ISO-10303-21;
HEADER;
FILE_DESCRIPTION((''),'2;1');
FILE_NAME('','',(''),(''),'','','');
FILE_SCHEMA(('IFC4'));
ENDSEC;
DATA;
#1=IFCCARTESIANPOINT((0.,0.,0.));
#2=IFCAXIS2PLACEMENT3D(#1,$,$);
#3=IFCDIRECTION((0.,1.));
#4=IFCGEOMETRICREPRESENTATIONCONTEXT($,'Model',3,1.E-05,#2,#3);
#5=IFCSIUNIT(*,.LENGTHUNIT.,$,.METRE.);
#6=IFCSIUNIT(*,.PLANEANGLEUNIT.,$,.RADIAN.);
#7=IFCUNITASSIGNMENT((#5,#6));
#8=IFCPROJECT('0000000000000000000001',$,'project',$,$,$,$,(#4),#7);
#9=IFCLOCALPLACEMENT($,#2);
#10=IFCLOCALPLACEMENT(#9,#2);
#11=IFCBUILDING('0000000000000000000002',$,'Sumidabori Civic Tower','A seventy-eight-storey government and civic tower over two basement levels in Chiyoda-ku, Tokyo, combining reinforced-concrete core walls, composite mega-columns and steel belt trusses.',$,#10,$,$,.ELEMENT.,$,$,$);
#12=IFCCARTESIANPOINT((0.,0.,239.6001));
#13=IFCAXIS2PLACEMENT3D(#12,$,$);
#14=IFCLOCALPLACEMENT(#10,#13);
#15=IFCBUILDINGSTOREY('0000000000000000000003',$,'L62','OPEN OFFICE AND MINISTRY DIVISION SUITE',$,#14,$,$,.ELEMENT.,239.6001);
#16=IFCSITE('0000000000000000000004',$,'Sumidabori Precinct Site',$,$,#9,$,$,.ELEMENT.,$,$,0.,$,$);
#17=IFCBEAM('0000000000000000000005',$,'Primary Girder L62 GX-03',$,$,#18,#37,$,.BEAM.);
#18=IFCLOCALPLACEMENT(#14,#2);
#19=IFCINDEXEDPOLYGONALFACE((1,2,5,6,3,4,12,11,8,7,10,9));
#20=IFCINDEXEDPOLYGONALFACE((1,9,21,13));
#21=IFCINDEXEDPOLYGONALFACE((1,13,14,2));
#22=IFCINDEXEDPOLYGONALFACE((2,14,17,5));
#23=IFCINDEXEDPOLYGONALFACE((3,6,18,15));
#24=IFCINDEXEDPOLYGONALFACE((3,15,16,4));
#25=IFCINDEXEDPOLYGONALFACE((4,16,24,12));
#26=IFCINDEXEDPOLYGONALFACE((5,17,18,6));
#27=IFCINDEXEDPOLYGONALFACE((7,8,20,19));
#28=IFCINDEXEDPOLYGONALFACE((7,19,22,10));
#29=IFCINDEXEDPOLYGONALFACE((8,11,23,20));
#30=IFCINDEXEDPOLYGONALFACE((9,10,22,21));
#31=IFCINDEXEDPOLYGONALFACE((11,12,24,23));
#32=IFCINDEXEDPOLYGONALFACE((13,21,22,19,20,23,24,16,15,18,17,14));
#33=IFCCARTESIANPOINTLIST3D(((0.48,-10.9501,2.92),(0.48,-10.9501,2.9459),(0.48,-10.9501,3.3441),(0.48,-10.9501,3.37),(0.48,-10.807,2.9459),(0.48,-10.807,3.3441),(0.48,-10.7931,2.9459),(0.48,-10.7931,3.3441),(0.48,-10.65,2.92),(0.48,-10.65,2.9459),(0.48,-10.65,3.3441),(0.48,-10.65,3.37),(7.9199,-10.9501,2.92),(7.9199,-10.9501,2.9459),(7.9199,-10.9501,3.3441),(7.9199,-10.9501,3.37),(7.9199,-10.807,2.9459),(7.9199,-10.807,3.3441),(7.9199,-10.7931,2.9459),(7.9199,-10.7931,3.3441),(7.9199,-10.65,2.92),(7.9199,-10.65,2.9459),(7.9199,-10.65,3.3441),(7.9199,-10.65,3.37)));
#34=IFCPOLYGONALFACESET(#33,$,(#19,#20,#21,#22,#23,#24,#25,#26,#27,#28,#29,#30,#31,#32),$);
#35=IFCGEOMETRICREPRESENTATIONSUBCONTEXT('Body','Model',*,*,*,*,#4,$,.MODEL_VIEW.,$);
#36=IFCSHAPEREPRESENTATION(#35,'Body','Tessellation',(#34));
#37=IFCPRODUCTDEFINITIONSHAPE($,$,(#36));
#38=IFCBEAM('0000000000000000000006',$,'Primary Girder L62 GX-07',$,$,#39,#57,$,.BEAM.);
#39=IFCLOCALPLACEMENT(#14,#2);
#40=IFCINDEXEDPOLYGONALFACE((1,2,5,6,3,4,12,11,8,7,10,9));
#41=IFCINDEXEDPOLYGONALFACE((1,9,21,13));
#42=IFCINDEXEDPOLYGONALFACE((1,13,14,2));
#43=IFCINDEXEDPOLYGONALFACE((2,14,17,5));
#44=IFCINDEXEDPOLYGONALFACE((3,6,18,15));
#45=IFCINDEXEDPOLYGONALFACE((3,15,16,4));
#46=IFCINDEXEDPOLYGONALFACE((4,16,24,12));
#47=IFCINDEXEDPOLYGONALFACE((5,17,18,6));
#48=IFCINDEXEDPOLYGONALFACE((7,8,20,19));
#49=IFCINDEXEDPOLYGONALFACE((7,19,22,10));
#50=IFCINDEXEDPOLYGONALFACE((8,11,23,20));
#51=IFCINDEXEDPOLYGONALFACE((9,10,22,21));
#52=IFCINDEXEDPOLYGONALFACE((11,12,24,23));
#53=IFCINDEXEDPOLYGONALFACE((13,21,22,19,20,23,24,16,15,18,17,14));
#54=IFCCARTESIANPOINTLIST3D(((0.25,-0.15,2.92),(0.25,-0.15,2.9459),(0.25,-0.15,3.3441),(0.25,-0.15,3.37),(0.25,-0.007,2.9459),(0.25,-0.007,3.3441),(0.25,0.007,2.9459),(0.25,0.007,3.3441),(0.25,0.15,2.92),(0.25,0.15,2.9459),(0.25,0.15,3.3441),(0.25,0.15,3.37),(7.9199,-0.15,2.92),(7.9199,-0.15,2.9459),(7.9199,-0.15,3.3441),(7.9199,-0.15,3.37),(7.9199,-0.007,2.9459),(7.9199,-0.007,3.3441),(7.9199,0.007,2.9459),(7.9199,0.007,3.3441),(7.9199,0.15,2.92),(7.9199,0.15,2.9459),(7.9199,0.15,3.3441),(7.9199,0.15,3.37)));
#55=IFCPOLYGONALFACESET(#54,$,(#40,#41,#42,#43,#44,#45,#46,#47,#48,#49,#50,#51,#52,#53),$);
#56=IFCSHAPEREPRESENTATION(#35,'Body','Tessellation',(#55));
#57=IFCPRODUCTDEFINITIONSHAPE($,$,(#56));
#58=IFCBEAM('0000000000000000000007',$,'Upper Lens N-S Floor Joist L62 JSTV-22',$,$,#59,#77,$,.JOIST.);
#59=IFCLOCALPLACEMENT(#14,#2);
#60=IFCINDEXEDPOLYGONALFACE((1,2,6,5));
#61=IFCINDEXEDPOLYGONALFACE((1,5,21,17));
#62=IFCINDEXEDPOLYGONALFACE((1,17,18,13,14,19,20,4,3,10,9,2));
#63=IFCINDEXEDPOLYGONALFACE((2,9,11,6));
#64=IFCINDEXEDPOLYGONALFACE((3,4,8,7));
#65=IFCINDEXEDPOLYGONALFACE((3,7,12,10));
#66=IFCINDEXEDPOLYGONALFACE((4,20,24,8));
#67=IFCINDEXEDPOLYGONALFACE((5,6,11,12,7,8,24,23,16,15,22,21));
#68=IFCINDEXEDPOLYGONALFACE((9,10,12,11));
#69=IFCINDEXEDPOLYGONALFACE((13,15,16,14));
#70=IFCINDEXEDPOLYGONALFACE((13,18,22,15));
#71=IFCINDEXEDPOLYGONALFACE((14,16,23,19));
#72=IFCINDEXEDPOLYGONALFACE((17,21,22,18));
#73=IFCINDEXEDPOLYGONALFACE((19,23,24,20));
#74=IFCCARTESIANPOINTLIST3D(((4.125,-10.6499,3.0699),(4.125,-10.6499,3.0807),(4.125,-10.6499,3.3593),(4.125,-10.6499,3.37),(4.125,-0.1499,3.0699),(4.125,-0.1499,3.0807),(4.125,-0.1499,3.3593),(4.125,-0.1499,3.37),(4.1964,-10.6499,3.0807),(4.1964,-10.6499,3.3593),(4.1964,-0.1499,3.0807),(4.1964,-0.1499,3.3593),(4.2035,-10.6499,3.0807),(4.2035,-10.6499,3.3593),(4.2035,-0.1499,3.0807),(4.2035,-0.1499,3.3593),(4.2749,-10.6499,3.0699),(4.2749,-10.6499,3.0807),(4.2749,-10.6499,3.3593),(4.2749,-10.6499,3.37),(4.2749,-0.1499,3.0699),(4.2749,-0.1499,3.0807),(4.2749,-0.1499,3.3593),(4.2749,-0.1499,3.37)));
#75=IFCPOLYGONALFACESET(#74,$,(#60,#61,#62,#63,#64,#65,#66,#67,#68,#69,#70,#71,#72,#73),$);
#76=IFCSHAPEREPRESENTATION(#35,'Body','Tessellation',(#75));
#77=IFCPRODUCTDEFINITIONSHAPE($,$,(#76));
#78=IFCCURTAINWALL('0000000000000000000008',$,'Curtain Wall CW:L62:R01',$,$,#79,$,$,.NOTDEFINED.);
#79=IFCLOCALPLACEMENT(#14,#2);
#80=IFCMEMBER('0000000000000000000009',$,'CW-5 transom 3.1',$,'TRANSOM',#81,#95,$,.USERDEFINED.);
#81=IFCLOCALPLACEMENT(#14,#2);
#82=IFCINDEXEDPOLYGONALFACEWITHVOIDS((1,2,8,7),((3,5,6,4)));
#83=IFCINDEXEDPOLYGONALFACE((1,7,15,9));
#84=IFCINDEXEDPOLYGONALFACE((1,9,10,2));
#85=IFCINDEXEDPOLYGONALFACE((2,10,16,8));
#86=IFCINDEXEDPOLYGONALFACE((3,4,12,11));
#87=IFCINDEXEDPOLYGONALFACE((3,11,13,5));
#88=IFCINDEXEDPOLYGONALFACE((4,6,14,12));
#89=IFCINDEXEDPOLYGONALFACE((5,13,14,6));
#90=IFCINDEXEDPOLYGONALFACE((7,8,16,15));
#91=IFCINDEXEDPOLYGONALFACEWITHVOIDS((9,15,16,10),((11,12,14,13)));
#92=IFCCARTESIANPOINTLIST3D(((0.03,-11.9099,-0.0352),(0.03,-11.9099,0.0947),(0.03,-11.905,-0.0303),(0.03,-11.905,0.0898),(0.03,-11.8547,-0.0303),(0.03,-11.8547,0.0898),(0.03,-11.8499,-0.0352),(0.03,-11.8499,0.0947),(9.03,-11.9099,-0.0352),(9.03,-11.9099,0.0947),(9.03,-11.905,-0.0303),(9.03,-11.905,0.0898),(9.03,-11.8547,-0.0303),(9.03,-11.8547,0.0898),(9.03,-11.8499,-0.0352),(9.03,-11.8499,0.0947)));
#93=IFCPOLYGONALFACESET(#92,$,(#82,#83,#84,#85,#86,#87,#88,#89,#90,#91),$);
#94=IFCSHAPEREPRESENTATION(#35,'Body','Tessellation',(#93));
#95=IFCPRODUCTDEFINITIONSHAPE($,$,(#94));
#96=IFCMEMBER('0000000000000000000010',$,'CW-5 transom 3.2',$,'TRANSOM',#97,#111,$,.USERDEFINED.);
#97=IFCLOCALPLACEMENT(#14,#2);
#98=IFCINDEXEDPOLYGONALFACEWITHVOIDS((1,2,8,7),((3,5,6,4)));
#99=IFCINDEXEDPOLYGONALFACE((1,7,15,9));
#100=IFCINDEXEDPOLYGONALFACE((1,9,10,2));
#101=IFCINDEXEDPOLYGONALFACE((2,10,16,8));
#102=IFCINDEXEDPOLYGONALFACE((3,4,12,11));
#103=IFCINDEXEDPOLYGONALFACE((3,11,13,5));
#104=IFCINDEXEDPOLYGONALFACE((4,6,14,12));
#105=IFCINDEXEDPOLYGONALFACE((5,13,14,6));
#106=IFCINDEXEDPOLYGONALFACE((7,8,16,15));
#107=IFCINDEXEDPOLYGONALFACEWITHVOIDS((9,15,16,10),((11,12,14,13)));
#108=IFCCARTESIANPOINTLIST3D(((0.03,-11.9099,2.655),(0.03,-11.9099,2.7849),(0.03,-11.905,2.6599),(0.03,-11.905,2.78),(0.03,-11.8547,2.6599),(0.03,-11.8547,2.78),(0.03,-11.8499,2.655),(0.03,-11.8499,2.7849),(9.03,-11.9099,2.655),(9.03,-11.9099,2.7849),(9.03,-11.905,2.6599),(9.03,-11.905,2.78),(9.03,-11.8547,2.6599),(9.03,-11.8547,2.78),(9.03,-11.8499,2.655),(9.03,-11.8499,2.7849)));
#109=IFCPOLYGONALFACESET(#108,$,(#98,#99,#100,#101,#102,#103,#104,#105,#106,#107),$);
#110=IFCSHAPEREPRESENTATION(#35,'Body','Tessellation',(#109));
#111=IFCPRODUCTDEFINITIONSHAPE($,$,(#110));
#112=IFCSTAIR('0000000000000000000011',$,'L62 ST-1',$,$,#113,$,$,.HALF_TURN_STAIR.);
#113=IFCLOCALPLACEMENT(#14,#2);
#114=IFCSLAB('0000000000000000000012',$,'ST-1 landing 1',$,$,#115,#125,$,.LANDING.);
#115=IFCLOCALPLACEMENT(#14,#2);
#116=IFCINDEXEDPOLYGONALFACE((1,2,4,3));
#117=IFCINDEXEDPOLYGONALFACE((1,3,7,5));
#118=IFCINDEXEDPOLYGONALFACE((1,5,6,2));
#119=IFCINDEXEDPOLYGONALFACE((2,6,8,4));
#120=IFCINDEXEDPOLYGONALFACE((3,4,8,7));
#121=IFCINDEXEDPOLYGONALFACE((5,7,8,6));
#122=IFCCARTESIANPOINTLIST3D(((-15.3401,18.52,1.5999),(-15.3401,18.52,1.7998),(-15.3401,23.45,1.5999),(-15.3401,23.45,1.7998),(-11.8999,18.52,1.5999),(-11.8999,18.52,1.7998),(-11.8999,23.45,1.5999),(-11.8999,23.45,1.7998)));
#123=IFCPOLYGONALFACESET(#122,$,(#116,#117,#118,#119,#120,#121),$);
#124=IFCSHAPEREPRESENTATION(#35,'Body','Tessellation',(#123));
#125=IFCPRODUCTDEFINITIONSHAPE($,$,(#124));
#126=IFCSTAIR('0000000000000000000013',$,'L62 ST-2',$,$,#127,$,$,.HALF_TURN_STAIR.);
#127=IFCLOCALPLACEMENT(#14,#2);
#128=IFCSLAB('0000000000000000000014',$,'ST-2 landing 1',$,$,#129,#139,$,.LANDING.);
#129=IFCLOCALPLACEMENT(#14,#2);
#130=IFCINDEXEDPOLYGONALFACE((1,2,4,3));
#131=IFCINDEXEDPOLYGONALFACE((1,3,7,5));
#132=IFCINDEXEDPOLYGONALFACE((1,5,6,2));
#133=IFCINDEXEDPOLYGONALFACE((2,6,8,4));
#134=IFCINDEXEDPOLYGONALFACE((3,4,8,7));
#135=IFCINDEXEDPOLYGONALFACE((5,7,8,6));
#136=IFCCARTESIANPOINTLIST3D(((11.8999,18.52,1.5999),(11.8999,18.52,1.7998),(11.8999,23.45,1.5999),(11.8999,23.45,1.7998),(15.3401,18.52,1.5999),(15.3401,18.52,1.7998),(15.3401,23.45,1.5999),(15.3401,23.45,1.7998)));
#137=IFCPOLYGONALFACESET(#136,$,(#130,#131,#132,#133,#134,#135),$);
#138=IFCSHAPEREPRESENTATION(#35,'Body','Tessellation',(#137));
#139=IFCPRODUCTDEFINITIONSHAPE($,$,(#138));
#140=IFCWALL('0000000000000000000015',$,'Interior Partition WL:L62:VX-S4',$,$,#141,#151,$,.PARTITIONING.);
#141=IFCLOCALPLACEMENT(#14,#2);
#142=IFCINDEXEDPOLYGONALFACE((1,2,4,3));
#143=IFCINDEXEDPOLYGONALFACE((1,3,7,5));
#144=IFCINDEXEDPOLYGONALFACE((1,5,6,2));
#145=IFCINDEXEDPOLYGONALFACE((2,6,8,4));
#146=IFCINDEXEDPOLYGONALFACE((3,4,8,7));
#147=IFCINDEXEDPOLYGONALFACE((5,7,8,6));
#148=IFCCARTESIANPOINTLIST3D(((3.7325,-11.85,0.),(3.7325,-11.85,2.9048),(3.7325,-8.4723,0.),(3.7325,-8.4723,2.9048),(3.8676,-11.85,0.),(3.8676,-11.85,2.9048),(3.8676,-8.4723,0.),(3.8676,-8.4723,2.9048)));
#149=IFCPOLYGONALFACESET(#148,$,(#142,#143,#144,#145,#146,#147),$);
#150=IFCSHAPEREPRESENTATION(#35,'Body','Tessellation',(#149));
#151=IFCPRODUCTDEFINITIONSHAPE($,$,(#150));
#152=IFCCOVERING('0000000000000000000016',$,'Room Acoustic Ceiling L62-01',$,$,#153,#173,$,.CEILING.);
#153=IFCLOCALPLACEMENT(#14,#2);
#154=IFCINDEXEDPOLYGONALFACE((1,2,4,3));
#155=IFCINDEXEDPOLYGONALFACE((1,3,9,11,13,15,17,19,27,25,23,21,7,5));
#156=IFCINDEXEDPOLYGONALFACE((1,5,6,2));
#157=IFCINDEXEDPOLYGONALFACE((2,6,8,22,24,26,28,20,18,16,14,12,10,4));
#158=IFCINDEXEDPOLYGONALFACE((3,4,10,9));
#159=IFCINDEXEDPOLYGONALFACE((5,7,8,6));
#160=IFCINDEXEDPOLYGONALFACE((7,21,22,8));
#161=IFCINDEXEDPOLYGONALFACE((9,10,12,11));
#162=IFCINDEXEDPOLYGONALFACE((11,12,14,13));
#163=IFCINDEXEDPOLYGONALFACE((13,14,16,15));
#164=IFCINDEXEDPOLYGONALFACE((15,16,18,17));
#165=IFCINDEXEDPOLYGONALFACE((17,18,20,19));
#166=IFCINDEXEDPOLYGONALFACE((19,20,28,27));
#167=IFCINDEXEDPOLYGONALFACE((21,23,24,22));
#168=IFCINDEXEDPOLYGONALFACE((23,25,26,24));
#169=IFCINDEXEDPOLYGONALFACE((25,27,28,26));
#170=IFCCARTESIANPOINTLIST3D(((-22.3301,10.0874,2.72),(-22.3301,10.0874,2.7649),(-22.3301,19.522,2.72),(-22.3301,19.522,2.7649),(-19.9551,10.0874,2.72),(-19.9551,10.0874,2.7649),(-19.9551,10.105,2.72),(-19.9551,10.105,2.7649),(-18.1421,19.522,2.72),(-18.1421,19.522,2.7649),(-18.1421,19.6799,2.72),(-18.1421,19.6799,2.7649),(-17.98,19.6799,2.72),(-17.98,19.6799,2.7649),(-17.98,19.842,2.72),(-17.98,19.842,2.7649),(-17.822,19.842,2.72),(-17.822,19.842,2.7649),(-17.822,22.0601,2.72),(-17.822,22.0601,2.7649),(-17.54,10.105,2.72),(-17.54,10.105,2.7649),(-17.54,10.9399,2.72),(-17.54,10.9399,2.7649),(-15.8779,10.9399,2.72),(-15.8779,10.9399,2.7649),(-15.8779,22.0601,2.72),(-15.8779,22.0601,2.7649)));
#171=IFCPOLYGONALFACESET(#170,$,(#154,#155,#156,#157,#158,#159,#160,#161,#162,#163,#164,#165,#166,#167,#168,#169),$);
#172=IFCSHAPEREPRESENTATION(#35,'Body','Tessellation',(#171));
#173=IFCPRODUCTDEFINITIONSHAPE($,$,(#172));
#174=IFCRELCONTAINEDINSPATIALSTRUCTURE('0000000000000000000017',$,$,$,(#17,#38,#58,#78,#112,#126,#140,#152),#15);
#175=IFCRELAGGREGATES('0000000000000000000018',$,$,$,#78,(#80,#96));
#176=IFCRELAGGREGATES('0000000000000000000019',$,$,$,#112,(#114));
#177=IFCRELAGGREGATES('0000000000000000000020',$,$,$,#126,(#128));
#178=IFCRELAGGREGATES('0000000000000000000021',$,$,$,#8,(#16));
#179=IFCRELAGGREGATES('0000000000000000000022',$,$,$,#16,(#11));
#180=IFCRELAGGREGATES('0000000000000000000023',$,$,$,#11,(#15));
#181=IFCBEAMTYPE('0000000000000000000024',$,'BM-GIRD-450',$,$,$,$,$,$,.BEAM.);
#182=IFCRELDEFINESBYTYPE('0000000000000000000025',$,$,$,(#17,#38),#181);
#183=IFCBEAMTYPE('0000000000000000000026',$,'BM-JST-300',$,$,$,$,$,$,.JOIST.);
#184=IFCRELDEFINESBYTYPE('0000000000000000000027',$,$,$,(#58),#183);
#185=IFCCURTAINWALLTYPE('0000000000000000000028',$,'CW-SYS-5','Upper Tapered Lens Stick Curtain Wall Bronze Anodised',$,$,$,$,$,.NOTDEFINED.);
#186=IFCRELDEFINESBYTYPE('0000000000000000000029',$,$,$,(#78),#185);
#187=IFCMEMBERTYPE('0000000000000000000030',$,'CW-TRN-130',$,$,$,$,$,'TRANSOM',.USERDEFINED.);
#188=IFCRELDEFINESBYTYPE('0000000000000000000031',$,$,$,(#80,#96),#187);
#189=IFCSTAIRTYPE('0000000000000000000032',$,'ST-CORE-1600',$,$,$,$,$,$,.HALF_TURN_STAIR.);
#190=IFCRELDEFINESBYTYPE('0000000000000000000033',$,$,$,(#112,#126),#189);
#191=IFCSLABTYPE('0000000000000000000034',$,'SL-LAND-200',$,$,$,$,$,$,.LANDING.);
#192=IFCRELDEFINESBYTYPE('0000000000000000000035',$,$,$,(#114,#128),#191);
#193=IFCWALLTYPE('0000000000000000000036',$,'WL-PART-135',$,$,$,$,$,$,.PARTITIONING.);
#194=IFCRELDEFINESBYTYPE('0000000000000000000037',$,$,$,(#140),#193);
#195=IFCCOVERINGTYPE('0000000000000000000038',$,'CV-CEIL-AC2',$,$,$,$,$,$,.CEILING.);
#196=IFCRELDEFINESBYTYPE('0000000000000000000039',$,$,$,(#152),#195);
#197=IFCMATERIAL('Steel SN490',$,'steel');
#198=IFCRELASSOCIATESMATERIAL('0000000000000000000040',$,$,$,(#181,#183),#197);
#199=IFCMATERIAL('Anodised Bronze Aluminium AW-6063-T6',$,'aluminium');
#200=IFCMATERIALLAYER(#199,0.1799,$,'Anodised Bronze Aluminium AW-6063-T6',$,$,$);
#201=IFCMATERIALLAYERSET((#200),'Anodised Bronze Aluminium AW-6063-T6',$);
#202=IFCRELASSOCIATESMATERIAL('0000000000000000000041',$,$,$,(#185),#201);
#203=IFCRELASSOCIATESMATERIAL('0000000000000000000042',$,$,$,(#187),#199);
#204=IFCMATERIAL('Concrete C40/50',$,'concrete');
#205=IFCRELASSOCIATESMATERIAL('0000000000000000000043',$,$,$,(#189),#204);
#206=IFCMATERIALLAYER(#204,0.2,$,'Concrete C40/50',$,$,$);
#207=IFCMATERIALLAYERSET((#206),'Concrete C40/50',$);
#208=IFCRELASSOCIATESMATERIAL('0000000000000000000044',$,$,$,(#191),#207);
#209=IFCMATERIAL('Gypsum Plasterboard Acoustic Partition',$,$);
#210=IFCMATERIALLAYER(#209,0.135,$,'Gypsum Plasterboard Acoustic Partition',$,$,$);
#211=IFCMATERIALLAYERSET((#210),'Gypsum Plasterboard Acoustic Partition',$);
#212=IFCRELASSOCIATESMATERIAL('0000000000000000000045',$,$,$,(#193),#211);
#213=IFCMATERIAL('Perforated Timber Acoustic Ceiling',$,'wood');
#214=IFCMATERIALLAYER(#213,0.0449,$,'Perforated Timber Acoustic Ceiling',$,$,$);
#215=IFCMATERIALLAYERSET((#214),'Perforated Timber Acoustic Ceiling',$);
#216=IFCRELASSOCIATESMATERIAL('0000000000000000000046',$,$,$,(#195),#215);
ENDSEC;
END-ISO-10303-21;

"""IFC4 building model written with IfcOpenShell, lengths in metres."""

from ifc_helpers import new_model, si_unit, direction, frame, frame_2d, origin, origin_2d, place, context, subcontext, project, spatial, polyline, rectangle, hollow_rectangle, i_section, outline, extrude, source, transform, mapped, material, layer, layer_set, material_profile, profile_set, type_object, element, aggregate, save


model = new_model("IFC4")

# Units and contexts
model_context = context("Model", 3, precision=1e-05, world=origin(), true_north=direction((0.0, 1.0)))
body_context = subcontext(model_context, "Body", "Model", "MODEL_VIEW")
ifc_project = project(units=[si_unit("LENGTHUNIT", "METRE"), si_unit("PLANEANGLEUNIT", "RADIAN")], contexts=[model_context])

# Site, building, storey
site_placement = place(None, origin())
site = spatial("IfcSite", under=ifc_project, at=site_placement, Name="Sumidabori Precinct Site", CompositionType="ELEMENT", RefElevation=0.0)
building_placement = place(site_placement, origin())
building = spatial("IfcBuilding", under=site, at=building_placement, Name="Sumidabori Civic Tower", Description="A seventy-eight-storey government and civic tower over two basement levels in Chiyoda-ku, Tokyo, combining reinforced-concrete core walls, composite mega-columns and steel belt trusses.", CompositionType="ELEMENT")
storey_placement = place(building_placement, frame((0.0, 0.0, 239.6001)))
storey = spatial("IfcBuildingStorey", under=building, at=storey_placement, Name="L62", Description="OPEN OFFICE AND MINISTRY DIVISION SUITE", CompositionType="ELEMENT", Elevation=239.6001)

# Beams
ifc_material_1 = material(Name="Steel SN490", Category="steel")
ifc_material_profile_1 = material_profile(ifc_material_1, i_section(OverallWidth=0.3, OverallDepth=0.45, WebThickness=0.0139, FlangeThickness=0.0259, at=origin_2d()), Name="HE 450 B")
ifc_profile_set_1 = profile_set([ifc_material_profile_1], Name="Steel SN490")
beam_type_1 = type_object("IfcBeamType", Name="BM-GIRD-450", PredefinedType="BEAM", material=ifc_profile_set_1)
shared_shape_1 = source(origin(), body_context, "Body", "SweptSolid", [
    extrude(i_section(OverallWidth=0.3, OverallDepth=0.45, WebThickness=0.0139, FlangeThickness=0.0259, at=origin_2d()), origin(), (0.0, 0.0, 1.0), 7.4399),
])
beam_1_placement = place(storey_placement, frame((0.48, -10.8, 3.145), z_axis=(1.0, 0.0, 0.0), x_axis=(0.0, 1.0, 0.0)))
element("IfcBeam", 1, at=beam_1_placement, inside=storey, type_object=beam_type_1, Name="Primary Girder L62 GX-03", PredefinedType="BEAM", context=body_context, shape_type="MappedRepresentation", body=[
    mapped(shared_shape_1, transform((0.0, 0.0, 0.0), x_axis=(1.0, 0.0, 0.0), y_axis=(0.0, 1.0, 0.0), z_axis=(0.0, 0.0, 1.0), scale=1.0)),
])
shared_shape_2 = source(origin(), body_context, "Body", "SweptSolid", [
    extrude(i_section(OverallWidth=0.3, OverallDepth=0.45, WebThickness=0.0139, FlangeThickness=0.0259, at=origin_2d()), origin(), (0.0, 0.0, 1.0), 7.6699),
])
beam_2_placement = place(storey_placement, frame((0.25, 0.0, 3.145), z_axis=(1.0, 0.0, 0.0), x_axis=(0.0, 1.0, 0.0)))
element("IfcBeam", 2, at=beam_2_placement, inside=storey, type_object=beam_type_1, Name="Primary Girder L62 GX-07", PredefinedType="BEAM", context=body_context, shape_type="MappedRepresentation", body=[
    mapped(shared_shape_2, transform((0.0, 0.0, 0.0), x_axis=(1.0, 0.0, 0.0), y_axis=(0.0, 1.0, 0.0), z_axis=(0.0, 0.0, 1.0), scale=1.0)),
])
ifc_material_profile_2 = material_profile(ifc_material_1, i_section(OverallWidth=0.1499, OverallDepth=0.3, WebThickness=0.0071, FlangeThickness=0.0107, at=origin_2d()), Name="IPE 300")
ifc_profile_set_2 = profile_set([ifc_material_profile_2], Name="Steel SN490")
beam_type_2 = type_object("IfcBeamType", Name="BM-JST-300", PredefinedType="JOIST", material=ifc_profile_set_2)
shared_shape_3 = source(origin(), body_context, "Body", "SweptSolid", [
    extrude(i_section(OverallWidth=0.1499, OverallDepth=0.3, WebThickness=0.0071, FlangeThickness=0.0107, at=origin_2d()), origin(), (0.0, 0.0, 1.0), 10.5),
])
beam_3_placement = place(storey_placement, frame((4.2, -10.6499, 3.22), z_axis=(0.0, 1.0, 0.0), x_axis=(-1.0, 0.0, 0.0)))
element("IfcBeam", 3, at=beam_3_placement, inside=storey, type_object=beam_type_2, Name="Upper Lens N-S Floor Joist L62 JSTV-22", PredefinedType="JOIST", context=body_context, shape_type="MappedRepresentation", body=[
    mapped(shared_shape_3, transform((0.0, 0.0, 0.0), x_axis=(1.0, 0.0, 0.0), y_axis=(0.0, 1.0, 0.0), z_axis=(0.0, 0.0, 1.0), scale=1.0)),
])

# Curtain wall, members
ifc_material_2 = material(Name="Anodised Bronze Aluminium AW-6063-T6", Category="aluminium")
ifc_layer_1 = layer(ifc_material_2, 0.1799, Name="Anodised Bronze Aluminium AW-6063-T6")
ifc_layer_set_1 = layer_set([ifc_layer_1], Name="Anodised Bronze Aluminium AW-6063-T6")
curtain_wall_type = type_object("IfcCurtainWallType", Name="CW-SYS-5", Description="Upper Tapered Lens Stick Curtain Wall Bronze Anodised", PredefinedType="NOTDEFINED", material=ifc_layer_set_1)
curtain_wall_placement = place(storey_placement, origin())
curtain_wall = element("IfcCurtainWall", 4, at=curtain_wall_placement, inside=storey, type_object=curtain_wall_type, Name="Curtain Wall CW:L62:R01", PredefinedType="NOTDEFINED")
ifc_material_profile_3 = material_profile(ifc_material_2, hollow_rectangle(XDim=0.0601, YDim=0.1299, WallThickness=0.0049, at=origin_2d()), Name="ALU TRANSOM 130x60")
ifc_profile_set_3 = profile_set([ifc_material_profile_3], Name="Anodised Bronze Aluminium AW-6063-T6")
member_type = type_object("IfcMemberType", Name="CW-TRN-130", ElementType="TRANSOM", PredefinedType="USERDEFINED", material=ifc_profile_set_3)
shared_shape_4 = source(origin(), body_context, "Body", "SweptSolid", [
    extrude(hollow_rectangle(XDim=0.0601, YDim=0.1299, WallThickness=0.0049, at=origin_2d()), origin(), (0.0, 0.0, 1.0), 9.0),
])
member_1_placement = place(storey_placement, frame((0.03, -11.8799, 0.0298), z_axis=(1.0, 0.0, 0.0), x_axis=(0.0, 1.0, 0.0)))
member_1 = element("IfcMember", 5, at=member_1_placement, type_object=member_type, Name="CW-5 transom 3.1", ObjectType="TRANSOM", PredefinedType="USERDEFINED", context=body_context, shape_type="MappedRepresentation", body=[
    mapped(shared_shape_4, transform((0.0, 0.0, 0.0), x_axis=(1.0, 0.0, 0.0), y_axis=(0.0, 1.0, 0.0), z_axis=(0.0, 0.0, 1.0), scale=1.0)),
])
member_2_placement = place(storey_placement, frame((0.03, -11.8799, 2.72), z_axis=(1.0, 0.0, 0.0), x_axis=(0.0, 1.0, 0.0)))
member_2 = element("IfcMember", 6, at=member_2_placement, type_object=member_type, Name="CW-5 transom 3.2", ObjectType="TRANSOM", PredefinedType="USERDEFINED", context=body_context, shape_type="MappedRepresentation", body=[
    mapped(shared_shape_4, transform((0.0, 0.0, 0.0), x_axis=(1.0, 0.0, 0.0), y_axis=(0.0, 1.0, 0.0), z_axis=(0.0, 0.0, 1.0), scale=1.0)),
])
aggregate(curtain_wall, [member_1, member_2])

# Stairs, slabs
ifc_material_3 = material(Name="Concrete C40/50", Category="concrete")
stair_type = type_object("IfcStairType", Name="ST-CORE-1600", PredefinedType="HALF_TURN_STAIR", material=ifc_material_3)
stair_1_placement = place(storey_placement, origin())
stair_1 = element("IfcStair", 7, at=stair_1_placement, inside=storey, type_object=stair_type, Name="L62 ST-1", PredefinedType="HALF_TURN_STAIR")
ifc_layer_2 = layer(ifc_material_3, 0.2, Name="Concrete C40/50")
ifc_layer_set_2 = layer_set([ifc_layer_2], Name="Concrete C40/50")
slab_type = type_object("IfcSlabType", Name="SL-LAND-200", PredefinedType="LANDING", material=ifc_layer_set_2)
slab_1_placement = place(storey_placement, frame((0.0, 0.0, 1.5999)))
slab_1 = element("IfcSlab", 8, at=slab_1_placement, type_object=slab_type, Name="ST-1 landing 1", PredefinedType="LANDING", context=body_context, shape_type="SweptSolid", body=[
    extrude(outline(polyline([(-11.8999, 18.52), (-11.8999, 23.45), (-15.3401, 23.45), (-15.3401, 18.52), (-11.8999, 18.52)])), origin(), (0.0, 0.0, 1.0), 0.2),
])
aggregate(stair_1, [slab_1])
stair_2_placement = place(storey_placement, origin())
stair_2 = element("IfcStair", 9, at=stair_2_placement, inside=storey, type_object=stair_type, Name="L62 ST-2", PredefinedType="HALF_TURN_STAIR")
slab_2_placement = place(storey_placement, frame((0.0, 0.0, 1.5999)))
slab_2 = element("IfcSlab", 10, at=slab_2_placement, type_object=slab_type, Name="ST-2 landing 1", PredefinedType="LANDING", context=body_context, shape_type="SweptSolid", body=[
    extrude(outline(polyline([(15.3401, 18.52), (15.3401, 23.45), (11.8999, 23.45), (11.8999, 18.52), (15.3401, 18.52)])), origin(), (0.0, 0.0, 1.0), 0.2),
])
aggregate(stair_2, [slab_2])

# Wall
ifc_material_4 = material(Name="Gypsum Plasterboard Acoustic Partition")
ifc_layer_3 = layer(ifc_material_4, 0.135, Name="Gypsum Plasterboard Acoustic Partition")
ifc_layer_set_3 = layer_set([ifc_layer_3], Name="Gypsum Plasterboard Acoustic Partition")
wall_type = type_object("IfcWallType", Name="WL-PART-135", PredefinedType="PARTITIONING", material=ifc_layer_set_3)
shared_shape_5 = source(origin(), body_context, "Body", "SweptSolid", [
    extrude(rectangle(XDim=3.3777, YDim=0.135, at=frame_2d((1.689, 0.0))), origin(), (0.0, 0.0, 1.0), 2.9048),
])
wall_placement = place(storey_placement, frame((3.8, -11.8501, 0.0), z_axis=(0.0, 0.0, 1.0), x_axis=(0.0, 1.0, 0.0)))
element("IfcWall", 11, at=wall_placement, inside=storey, type_object=wall_type, Name="Interior Partition WL:L62:VX-S4", PredefinedType="PARTITIONING", context=body_context, shape_type="MappedRepresentation", body=[
    mapped(shared_shape_5, transform((0.0, 0.0, 0.0), x_axis=(1.0, 0.0, 0.0), y_axis=(0.0, 1.0, 0.0), z_axis=(0.0, 0.0, 1.0), scale=1.0)),
])

# Covering
ifc_material_5 = material(Name="Perforated Timber Acoustic Ceiling", Category="wood")
ifc_layer_4 = layer(ifc_material_5, 0.0449, Name="Perforated Timber Acoustic Ceiling")
ifc_layer_set_4 = layer_set([ifc_layer_4], Name="Perforated Timber Acoustic Ceiling")
covering_type_1 = type_object("IfcCoveringType", Name="CV-CEIL-AC2", PredefinedType="CEILING", material=ifc_layer_set_4)
covering_1_placement = place(storey_placement, frame((0.0, 0.0, 2.72)))
element("IfcCovering", 12, at=covering_1_placement, inside=storey, type_object=covering_type_1, Name="Room Acoustic Ceiling L62-01", PredefinedType="CEILING", context=body_context, shape_type="SweptSolid", body=[
    extrude(outline(polyline([(-22.3301, 10.0874), (-22.3301, 19.522), (-18.1421, 19.522), (-18.1421, 19.6799), (-17.98, 19.6799), (-17.98, 19.842), (-17.822, 19.842), (-17.822, 22.0601), (-15.8779, 22.0601), (-15.8779, 10.9399), (-17.54, 10.9399), (-17.54, 10.105), (-19.9551, 10.105), (-19.9551, 10.0874), (-22.3301, 10.0874)])), origin(), (0.0, 0.0, 1.0), 0.0449),
])

save(model, "model.ifc")
